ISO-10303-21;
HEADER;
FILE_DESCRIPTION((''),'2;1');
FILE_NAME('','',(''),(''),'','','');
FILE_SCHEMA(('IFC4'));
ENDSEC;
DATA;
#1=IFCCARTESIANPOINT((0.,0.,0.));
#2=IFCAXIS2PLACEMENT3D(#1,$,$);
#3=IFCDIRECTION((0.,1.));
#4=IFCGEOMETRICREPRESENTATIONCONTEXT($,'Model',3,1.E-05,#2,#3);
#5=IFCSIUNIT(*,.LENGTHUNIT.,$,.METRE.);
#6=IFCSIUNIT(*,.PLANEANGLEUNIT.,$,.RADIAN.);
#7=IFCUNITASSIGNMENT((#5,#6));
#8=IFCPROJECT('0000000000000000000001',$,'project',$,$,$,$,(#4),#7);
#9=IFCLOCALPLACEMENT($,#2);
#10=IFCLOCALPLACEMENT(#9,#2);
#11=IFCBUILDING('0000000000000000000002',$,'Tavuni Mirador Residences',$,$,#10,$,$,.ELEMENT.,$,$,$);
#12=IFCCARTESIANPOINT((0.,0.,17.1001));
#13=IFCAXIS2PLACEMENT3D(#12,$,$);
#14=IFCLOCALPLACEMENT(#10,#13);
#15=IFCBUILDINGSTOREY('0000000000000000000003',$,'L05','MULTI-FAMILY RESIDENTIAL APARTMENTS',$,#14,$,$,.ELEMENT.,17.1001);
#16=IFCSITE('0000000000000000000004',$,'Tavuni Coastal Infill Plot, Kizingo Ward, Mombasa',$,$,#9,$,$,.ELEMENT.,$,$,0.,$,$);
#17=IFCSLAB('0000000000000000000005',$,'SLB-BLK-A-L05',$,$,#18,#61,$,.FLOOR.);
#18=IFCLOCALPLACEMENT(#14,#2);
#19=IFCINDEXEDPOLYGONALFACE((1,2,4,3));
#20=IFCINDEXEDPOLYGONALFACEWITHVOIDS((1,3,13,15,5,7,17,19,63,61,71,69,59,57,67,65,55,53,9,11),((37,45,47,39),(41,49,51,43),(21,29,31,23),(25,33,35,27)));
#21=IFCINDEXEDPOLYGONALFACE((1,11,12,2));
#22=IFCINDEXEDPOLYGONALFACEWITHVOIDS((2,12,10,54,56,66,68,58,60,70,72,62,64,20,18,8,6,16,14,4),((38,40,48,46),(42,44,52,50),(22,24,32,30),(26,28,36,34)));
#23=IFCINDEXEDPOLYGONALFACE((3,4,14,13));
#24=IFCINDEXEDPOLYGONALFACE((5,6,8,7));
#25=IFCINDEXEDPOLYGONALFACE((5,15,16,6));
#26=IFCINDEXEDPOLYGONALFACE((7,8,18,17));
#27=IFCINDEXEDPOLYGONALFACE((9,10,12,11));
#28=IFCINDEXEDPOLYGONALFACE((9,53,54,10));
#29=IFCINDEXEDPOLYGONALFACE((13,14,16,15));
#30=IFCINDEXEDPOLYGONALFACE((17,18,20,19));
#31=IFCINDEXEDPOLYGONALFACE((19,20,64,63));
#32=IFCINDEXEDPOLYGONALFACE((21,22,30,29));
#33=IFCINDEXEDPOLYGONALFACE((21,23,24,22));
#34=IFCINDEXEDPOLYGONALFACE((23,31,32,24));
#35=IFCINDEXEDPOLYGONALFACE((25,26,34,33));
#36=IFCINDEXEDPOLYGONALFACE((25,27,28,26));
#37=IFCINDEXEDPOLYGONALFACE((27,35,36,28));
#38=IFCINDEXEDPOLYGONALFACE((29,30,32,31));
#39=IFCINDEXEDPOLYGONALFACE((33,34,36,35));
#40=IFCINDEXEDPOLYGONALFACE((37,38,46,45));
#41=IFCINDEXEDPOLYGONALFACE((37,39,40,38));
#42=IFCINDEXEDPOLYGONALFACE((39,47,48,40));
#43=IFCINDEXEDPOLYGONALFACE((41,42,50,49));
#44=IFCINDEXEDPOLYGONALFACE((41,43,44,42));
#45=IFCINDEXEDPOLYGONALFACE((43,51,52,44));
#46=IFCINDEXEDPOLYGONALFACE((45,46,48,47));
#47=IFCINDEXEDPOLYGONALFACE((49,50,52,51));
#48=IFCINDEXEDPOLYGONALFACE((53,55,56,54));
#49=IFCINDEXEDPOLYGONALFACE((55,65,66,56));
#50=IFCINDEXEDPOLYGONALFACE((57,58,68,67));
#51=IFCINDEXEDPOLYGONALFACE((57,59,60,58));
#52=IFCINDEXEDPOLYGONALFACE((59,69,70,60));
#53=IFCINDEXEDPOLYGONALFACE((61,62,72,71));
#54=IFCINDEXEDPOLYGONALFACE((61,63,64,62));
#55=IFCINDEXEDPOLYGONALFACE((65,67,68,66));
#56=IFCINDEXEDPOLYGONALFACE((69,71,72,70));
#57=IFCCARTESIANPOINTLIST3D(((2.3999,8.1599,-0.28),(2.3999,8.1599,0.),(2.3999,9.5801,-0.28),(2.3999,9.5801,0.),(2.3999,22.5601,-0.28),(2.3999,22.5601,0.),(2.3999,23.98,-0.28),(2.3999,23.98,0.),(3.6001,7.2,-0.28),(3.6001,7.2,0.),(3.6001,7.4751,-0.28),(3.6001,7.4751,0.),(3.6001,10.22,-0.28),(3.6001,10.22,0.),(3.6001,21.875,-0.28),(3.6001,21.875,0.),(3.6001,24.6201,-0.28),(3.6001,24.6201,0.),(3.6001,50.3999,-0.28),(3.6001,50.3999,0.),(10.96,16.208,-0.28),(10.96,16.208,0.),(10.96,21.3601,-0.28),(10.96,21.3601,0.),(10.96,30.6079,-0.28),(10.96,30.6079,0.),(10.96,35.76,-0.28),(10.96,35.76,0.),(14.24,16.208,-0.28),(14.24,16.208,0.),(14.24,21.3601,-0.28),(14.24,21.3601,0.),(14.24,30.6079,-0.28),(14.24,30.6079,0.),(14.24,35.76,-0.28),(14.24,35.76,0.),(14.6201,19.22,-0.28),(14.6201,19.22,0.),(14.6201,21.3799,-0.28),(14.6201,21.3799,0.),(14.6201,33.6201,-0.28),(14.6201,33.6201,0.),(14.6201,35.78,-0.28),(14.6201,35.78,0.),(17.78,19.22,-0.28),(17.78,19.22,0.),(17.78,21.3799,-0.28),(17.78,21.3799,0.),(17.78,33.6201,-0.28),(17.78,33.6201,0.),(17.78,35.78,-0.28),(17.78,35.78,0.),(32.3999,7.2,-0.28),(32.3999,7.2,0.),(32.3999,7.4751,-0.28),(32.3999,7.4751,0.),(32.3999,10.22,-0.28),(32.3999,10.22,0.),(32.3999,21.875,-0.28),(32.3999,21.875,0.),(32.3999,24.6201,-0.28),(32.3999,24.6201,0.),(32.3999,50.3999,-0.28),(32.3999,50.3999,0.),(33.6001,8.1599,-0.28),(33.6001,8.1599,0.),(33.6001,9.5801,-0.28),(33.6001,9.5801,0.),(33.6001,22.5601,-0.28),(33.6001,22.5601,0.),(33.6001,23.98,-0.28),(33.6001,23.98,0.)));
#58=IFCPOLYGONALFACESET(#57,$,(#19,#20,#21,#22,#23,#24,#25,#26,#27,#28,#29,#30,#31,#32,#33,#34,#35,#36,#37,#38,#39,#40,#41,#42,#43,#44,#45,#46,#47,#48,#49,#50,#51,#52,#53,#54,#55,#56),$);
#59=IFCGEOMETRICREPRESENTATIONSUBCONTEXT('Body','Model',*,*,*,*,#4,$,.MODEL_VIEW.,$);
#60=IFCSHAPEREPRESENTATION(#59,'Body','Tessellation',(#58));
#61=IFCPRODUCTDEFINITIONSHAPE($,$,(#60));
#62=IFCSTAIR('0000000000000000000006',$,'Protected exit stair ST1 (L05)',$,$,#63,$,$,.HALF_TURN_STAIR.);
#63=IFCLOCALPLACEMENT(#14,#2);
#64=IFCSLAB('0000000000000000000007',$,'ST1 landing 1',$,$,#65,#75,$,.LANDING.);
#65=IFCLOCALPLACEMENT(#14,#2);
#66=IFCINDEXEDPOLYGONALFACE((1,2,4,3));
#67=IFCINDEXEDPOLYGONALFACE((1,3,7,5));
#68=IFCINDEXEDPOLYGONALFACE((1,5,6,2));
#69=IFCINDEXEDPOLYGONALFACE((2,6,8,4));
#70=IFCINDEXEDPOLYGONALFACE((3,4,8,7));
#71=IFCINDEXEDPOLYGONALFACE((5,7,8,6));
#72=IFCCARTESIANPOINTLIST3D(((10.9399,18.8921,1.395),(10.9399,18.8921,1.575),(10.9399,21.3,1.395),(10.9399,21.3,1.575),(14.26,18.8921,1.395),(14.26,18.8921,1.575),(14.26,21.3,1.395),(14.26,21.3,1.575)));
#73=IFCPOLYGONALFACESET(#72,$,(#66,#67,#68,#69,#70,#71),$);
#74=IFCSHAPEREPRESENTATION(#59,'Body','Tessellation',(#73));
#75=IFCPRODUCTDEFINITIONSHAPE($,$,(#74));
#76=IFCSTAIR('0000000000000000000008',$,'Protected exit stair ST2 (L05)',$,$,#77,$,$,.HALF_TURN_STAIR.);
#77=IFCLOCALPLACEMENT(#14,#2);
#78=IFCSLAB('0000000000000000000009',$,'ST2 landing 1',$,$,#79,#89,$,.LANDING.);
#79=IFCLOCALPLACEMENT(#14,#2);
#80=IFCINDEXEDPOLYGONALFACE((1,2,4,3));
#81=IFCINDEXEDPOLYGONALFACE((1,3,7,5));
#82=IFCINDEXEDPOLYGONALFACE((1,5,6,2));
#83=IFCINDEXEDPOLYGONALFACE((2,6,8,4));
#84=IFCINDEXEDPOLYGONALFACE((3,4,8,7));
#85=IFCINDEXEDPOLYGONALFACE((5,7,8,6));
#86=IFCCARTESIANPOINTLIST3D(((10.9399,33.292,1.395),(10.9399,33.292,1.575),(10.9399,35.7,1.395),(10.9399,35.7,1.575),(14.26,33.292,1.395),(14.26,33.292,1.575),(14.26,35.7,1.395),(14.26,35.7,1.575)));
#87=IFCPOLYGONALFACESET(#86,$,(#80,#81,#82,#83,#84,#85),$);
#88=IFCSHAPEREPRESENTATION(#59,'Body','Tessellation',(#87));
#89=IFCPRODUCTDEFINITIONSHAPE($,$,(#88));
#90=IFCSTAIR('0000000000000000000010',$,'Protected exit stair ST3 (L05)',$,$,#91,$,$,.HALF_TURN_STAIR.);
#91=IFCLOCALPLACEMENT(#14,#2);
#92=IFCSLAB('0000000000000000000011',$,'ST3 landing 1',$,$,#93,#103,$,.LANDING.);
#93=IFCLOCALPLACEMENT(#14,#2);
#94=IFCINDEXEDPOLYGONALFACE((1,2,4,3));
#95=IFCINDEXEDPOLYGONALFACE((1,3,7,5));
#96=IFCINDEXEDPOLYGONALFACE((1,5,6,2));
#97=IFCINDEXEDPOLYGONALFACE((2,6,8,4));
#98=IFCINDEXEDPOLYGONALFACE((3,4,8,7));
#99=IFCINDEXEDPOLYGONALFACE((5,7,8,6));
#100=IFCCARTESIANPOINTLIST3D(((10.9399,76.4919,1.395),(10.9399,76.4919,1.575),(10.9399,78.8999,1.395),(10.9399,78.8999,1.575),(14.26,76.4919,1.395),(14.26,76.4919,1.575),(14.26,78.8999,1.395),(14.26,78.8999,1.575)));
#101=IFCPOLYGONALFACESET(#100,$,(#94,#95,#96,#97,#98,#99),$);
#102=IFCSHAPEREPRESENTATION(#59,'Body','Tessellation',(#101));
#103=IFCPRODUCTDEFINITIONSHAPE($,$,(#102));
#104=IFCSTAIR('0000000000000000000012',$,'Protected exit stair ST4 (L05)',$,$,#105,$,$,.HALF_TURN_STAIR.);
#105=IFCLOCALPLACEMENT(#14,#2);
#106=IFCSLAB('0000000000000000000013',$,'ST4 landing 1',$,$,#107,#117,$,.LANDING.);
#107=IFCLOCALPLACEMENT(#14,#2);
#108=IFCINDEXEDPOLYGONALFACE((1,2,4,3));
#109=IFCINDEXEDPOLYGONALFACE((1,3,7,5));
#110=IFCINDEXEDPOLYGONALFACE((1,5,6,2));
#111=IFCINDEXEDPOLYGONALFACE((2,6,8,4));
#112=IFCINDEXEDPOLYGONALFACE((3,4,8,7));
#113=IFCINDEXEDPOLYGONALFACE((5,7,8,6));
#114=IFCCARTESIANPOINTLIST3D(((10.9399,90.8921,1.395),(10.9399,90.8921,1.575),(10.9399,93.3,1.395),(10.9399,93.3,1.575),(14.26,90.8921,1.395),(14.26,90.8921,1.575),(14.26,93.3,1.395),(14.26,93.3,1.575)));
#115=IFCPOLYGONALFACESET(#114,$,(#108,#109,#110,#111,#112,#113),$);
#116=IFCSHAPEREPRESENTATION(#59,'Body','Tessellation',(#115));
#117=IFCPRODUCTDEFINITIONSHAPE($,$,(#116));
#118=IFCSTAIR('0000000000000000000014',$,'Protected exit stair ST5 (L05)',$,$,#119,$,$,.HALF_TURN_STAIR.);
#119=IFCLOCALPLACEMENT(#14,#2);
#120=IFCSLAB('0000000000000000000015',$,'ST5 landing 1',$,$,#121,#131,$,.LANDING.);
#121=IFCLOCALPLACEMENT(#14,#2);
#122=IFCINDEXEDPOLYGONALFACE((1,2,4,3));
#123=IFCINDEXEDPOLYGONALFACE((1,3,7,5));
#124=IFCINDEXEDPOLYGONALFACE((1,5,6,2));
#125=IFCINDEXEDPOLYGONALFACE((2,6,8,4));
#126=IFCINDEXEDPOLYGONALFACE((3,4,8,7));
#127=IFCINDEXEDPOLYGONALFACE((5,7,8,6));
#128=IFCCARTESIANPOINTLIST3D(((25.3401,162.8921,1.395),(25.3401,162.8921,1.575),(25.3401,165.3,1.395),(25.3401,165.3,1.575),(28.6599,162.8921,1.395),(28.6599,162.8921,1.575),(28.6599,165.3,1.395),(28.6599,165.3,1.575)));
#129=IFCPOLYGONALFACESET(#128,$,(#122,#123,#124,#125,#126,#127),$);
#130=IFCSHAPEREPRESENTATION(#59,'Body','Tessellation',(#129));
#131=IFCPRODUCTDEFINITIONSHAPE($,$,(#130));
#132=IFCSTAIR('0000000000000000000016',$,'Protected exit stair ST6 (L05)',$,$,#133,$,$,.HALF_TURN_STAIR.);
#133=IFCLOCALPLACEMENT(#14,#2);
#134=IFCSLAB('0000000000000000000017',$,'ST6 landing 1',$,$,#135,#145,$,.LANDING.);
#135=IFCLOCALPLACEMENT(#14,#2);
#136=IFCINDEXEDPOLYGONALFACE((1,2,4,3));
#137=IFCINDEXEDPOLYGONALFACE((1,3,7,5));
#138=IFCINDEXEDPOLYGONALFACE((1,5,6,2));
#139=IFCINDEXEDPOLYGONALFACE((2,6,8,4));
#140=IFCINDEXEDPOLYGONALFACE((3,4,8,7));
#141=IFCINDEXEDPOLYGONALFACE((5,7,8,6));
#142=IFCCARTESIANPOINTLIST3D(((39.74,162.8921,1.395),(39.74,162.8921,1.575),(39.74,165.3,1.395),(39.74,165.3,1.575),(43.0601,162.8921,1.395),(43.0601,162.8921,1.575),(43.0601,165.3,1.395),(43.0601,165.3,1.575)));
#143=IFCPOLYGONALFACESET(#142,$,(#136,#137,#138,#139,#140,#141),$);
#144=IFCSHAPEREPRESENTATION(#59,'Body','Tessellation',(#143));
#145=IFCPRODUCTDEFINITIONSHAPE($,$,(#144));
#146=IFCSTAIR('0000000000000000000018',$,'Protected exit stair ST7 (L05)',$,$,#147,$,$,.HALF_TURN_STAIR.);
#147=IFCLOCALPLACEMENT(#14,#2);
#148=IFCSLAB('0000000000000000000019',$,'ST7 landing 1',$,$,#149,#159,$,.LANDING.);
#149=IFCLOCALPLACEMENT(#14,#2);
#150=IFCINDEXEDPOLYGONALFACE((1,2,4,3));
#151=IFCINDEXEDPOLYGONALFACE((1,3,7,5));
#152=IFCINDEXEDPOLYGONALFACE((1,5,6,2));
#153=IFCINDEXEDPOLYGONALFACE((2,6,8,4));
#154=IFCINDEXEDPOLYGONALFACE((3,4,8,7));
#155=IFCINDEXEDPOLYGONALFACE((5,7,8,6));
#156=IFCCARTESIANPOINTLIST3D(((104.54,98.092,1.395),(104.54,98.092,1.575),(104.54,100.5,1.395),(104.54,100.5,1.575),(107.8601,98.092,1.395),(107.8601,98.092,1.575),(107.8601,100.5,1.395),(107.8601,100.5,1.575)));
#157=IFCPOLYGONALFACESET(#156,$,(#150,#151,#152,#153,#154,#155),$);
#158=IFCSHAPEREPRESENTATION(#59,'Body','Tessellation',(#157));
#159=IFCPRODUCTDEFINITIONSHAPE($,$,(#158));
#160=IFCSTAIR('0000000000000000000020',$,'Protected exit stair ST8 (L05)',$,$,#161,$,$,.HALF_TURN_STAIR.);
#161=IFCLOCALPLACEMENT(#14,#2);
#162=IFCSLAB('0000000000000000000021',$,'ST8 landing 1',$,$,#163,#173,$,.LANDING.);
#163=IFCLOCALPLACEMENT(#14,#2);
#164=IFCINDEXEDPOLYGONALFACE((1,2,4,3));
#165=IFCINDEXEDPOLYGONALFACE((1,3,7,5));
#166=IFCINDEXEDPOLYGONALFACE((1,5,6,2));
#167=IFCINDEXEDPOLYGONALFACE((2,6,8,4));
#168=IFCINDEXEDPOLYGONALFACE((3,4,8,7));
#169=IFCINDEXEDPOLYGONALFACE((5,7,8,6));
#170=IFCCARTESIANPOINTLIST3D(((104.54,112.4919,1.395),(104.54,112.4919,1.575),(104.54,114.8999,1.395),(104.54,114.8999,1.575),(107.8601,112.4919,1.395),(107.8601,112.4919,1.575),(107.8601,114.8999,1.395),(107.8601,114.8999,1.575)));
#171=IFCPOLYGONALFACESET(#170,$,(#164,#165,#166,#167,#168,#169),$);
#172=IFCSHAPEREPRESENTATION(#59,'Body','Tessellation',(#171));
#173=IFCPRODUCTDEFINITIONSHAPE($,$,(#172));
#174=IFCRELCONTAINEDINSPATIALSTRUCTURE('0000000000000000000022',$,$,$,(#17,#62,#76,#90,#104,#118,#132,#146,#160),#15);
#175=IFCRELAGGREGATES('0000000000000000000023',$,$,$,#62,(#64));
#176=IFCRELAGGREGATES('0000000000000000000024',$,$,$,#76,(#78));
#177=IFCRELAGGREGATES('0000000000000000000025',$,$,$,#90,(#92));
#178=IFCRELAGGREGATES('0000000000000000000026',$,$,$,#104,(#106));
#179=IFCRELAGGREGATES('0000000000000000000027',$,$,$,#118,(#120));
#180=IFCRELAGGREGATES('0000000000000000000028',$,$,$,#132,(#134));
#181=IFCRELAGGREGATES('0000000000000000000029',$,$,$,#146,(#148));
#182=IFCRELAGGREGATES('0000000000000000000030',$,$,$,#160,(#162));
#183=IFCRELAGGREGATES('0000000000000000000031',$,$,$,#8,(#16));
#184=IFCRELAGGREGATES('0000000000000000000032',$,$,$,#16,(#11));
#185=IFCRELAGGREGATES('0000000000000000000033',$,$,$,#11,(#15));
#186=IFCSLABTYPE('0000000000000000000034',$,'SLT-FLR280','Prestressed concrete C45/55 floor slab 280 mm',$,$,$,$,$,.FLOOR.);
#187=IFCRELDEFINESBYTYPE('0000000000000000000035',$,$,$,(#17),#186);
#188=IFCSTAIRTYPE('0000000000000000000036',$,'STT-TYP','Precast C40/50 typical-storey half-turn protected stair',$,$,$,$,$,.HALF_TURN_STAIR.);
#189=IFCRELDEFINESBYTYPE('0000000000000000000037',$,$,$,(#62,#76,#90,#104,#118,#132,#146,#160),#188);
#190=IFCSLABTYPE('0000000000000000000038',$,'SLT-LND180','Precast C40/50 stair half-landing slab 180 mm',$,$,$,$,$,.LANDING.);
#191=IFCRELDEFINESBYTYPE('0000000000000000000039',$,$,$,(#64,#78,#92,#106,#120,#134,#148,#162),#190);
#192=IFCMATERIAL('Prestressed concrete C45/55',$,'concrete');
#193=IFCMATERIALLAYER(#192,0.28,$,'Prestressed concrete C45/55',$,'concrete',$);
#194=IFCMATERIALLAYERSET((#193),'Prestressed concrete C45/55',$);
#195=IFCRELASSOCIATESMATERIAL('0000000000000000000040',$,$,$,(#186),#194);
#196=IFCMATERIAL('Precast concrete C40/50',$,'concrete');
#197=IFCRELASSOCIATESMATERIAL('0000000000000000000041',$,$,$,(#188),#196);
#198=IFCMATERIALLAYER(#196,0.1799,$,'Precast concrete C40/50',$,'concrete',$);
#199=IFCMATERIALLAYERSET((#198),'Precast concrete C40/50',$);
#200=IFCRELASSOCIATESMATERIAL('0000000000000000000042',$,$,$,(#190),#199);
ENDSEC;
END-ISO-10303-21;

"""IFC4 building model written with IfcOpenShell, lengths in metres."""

from ifc_helpers import new_model, si_unit, direction, frame, origin, place, context, subcontext, project, spatial, polyline, outline, extrude, material, layer, layer_set, type_object, element, aggregate, save


model = new_model("IFC4")

# Units and contexts
model_context = context("Model", 3, precision=1e-05, world=origin(), true_north=direction((0.0, 1.0)))
body_context = subcontext(model_context, "Body", "Model", "MODEL_VIEW")
ifc_project = project(units=[si_unit("LENGTHUNIT", "METRE"), si_unit("PLANEANGLEUNIT", "RADIAN")], contexts=[model_context])

# Site, building, storey
site_placement = place(None, origin())
site = spatial("IfcSite", under=ifc_project, at=site_placement, Name="Tavuni Coastal Infill Plot, Kizingo Ward, Mombasa", CompositionType="ELEMENT", RefElevation=0.0)
building_placement = place(site_placement, origin())
building = spatial("IfcBuilding", under=site, at=building_placement, Name="Tavuni Mirador Residences", CompositionType="ELEMENT")
storey_placement = place(building_placement, frame((0.0, 0.0, 17.1001)))
storey = spatial("IfcBuildingStorey", under=building, at=storey_placement, Name="L05", Description="MULTI-FAMILY RESIDENTIAL APARTMENTS", CompositionType="ELEMENT", Elevation=17.1001)

# Slab
ifc_material_1 = material(Name="Prestressed concrete C45/55", Category="concrete")
ifc_layer_1 = layer(ifc_material_1, 0.28, Name="Prestressed concrete C45/55", Category="concrete")
ifc_layer_set_1 = layer_set([ifc_layer_1], Name="Prestressed concrete C45/55")
slab_type_1 = type_object("IfcSlabType", Name="SLT-FLR280", Description="Prestressed concrete C45/55 floor slab 280 mm", PredefinedType="FLOOR", material=ifc_layer_set_1)
slab_1_placement = place(storey_placement, frame((0.0, 0.0, -0.28)))
element("IfcSlab", 1, at=slab_1_placement, inside=storey, type_object=slab_type_1, Name="SLB-BLK-A-L05", PredefinedType="FLOOR", context=body_context, shape_type="SweptSolid", body=[
    extrude(outline(polyline([(3.6001, 7.2), (32.3999, 7.2), (32.3999, 7.4751), (33.6001, 8.1599), (33.6001, 9.5801), (32.3999, 10.22), (32.3999, 21.875), (33.6001, 22.5601), (33.6001, 23.98), (32.3999, 24.6201), (32.3999, 50.3999), (3.6001, 50.3999), (3.6001, 24.6201), (2.3999, 23.98), (2.3999, 22.5601), (3.6001, 21.875), (3.6001, 10.22), (2.3999, 9.5801), (2.3999, 8.1599), (3.6001, 7.4751), (3.6001, 7.2)]), holes=[polyline([(10.96, 16.208), (14.24, 16.208), (14.24, 21.3601), (10.96, 21.3601), (10.96, 16.208)]), polyline([(14.6201, 19.22), (17.78, 19.22), (17.78, 21.3799), (14.6201, 21.3799), (14.6201, 19.22)]), polyline([(10.96, 30.6079), (14.24, 30.6079), (14.24, 35.76), (10.96, 35.76), (10.96, 30.6079)]), polyline([(14.6201, 33.6201), (17.78, 33.6201), (17.78, 35.78), (14.6201, 35.78), (14.6201, 33.6201)])]), origin(), (0.0, 0.0, 1.0), 0.28),
])

# Stairs, slabs
ifc_material_2 = material(Name="Precast concrete C40/50", Category="concrete")
stair_type = type_object("IfcStairType", Name="STT-TYP", Description="Precast C40/50 typical-storey half-turn protected stair", PredefinedType="HALF_TURN_STAIR", material=ifc_material_2)
stair_1_placement = place(storey_placement, origin())
stair_1 = element("IfcStair", 2, at=stair_1_placement, inside=storey, type_object=stair_type, Name="Protected exit stair ST1 (L05)", PredefinedType="HALF_TURN_STAIR")
ifc_layer_2 = layer(ifc_material_2, 0.1799, Name="Precast concrete C40/50", Category="concrete")
ifc_layer_set_2 = layer_set([ifc_layer_2], Name="Precast concrete C40/50")
slab_type_2 = type_object("IfcSlabType", Name="SLT-LND180", Description="Precast C40/50 stair half-landing slab 180 mm", PredefinedType="LANDING", material=ifc_layer_set_2)
slab_2_placement = place(storey_placement, frame((0.0, 0.0, 1.395)))
slab_2 = element("IfcSlab", 3, at=slab_2_placement, type_object=slab_type_2, Name="ST1 landing 1", PredefinedType="LANDING", context=body_context, shape_type="SweptSolid", body=[
    extrude(outline(polyline([(10.9399, 18.8921), (14.26, 18.8921), (14.26, 21.3), (10.9399, 21.3), (10.9399, 18.8921)])), origin(), (0.0, 0.0, 1.0), 0.1799),
])
aggregate(stair_1, [slab_2])
stair_2_placement = place(storey_placement, origin())
stair_2 = element("IfcStair", 4, at=stair_2_placement, inside=storey, type_object=stair_type, Name="Protected exit stair ST2 (L05)", PredefinedType="HALF_TURN_STAIR")
slab_3_placement = place(storey_placement, frame((0.0, 0.0, 1.395)))
slab_3 = element("IfcSlab", 5, at=slab_3_placement, type_object=slab_type_2, Name="ST2 landing 1", PredefinedType="LANDING", context=body_context, shape_type="SweptSolid", body=[
    extrude(outline(polyline([(10.9399, 33.292), (14.26, 33.292), (14.26, 35.7), (10.9399, 35.7), (10.9399, 33.292)])), origin(), (0.0, 0.0, 1.0), 0.1799),
])
aggregate(stair_2, [slab_3])
stair_3_placement = place(storey_placement, origin())
stair_3 = element("IfcStair", 6, at=stair_3_placement, inside=storey, type_object=stair_type, Name="Protected exit stair ST3 (L05)", PredefinedType="HALF_TURN_STAIR")
slab_4_placement = place(storey_placement, frame((0.0, 0.0, 1.395)))
slab_4 = element("IfcSlab", 7, at=slab_4_placement, type_object=slab_type_2, Name="ST3 landing 1", PredefinedType="LANDING", context=body_context, shape_type="SweptSolid", body=[
    extrude(outline(polyline([(10.9399, 76.4919), (14.26, 76.4919), (14.26, 78.8999), (10.9399, 78.8999), (10.9399, 76.4919)])), origin(), (0.0, 0.0, 1.0), 0.1799),
])
aggregate(stair_3, [slab_4])
stair_4_placement = place(storey_placement, origin())
stair_4 = element("IfcStair", 8, at=stair_4_placement, inside=storey, type_object=stair_type, Name="Protected exit stair ST4 (L05)", PredefinedType="HALF_TURN_STAIR")
slab_5_placement = place(storey_placement, frame((0.0, 0.0, 1.395)))
slab_5 = element("IfcSlab", 9, at=slab_5_placement, type_object=slab_type_2, Name="ST4 landing 1", PredefinedType="LANDING", context=body_context, shape_type="SweptSolid", body=[
    extrude(outline(polyline([(10.9399, 90.8921), (14.26, 90.8921), (14.26, 93.3), (10.9399, 93.3), (10.9399, 90.8921)])), origin(), (0.0, 0.0, 1.0), 0.1799),
])
aggregate(stair_4, [slab_5])
stair_5_placement = place(storey_placement, origin())
stair_5 = element("IfcStair", 10, at=stair_5_placement, inside=storey, type_object=stair_type, Name="Protected exit stair ST5 (L05)", PredefinedType="HALF_TURN_STAIR")
slab_6_placement = place(storey_placement, frame((0.0, 0.0, 1.395)))
slab_6 = element("IfcSlab", 11, at=slab_6_placement, type_object=slab_type_2, Name="ST5 landing 1", PredefinedType="LANDING", context=body_context, shape_type="SweptSolid", body=[
    extrude(outline(polyline([(25.3401, 162.8921), (28.6599, 162.8921), (28.6599, 165.3), (25.3401, 165.3), (25.3401, 162.8921)])), origin(), (0.0, 0.0, 1.0), 0.1799),
])
aggregate(stair_5, [slab_6])
stair_6_placement = place(storey_placement, origin())
stair_6 = element("IfcStair", 12, at=stair_6_placement, inside=storey, type_object=stair_type, Name="Protected exit stair ST6 (L05)", PredefinedType="HALF_TURN_STAIR")
slab_7_placement = place(storey_placement, frame((0.0, 0.0, 1.395)))
slab_7 = element("IfcSlab", 13, at=slab_7_placement, type_object=slab_type_2, Name="ST6 landing 1", PredefinedType="LANDING", context=body_context, shape_type="SweptSolid", body=[
    extrude(outline(polyline([(39.74, 162.8921), (43.0601, 162.8921), (43.0601, 165.3), (39.74, 165.3), (39.74, 162.8921)])), origin(), (0.0, 0.0, 1.0), 0.1799),
])
aggregate(stair_6, [slab_7])
stair_7_placement = place(storey_placement, origin())
stair_7 = element("IfcStair", 14, at=stair_7_placement, inside=storey, type_object=stair_type, Name="Protected exit stair ST7 (L05)", PredefinedType="HALF_TURN_STAIR")
slab_8_placement = place(storey_placement, frame((0.0, 0.0, 1.395)))
slab_8 = element("IfcSlab", 15, at=slab_8_placement, type_object=slab_type_2, Name="ST7 landing 1", PredefinedType="LANDING", context=body_context, shape_type="SweptSolid", body=[
    extrude(outline(polyline([(104.54, 98.092), (107.8601, 98.092), (107.8601, 100.5), (104.54, 100.5), (104.54, 98.092)])), origin(), (0.0, 0.0, 1.0), 0.1799),
])
aggregate(stair_7, [slab_8])
stair_8_placement = place(storey_placement, origin())
stair_8 = element("IfcStair", 16, at=stair_8_placement, inside=storey, type_object=stair_type, Name="Protected exit stair ST8 (L05)", PredefinedType="HALF_TURN_STAIR")
slab_9_placement = place(storey_placement, frame((0.0, 0.0, 1.395)))
slab_9 = element("IfcSlab", 17, at=slab_9_placement, type_object=slab_type_2, Name="ST8 landing 1", PredefinedType="LANDING", context=body_context, shape_type="SweptSolid", body=[
    extrude(outline(polyline([(104.54, 112.4919), (107.8601, 112.4919), (107.8601, 114.8999), (104.54, 114.8999), (104.54, 112.4919)])), origin(), (0.0, 0.0, 1.0), 0.1799),
])
aggregate(stair_8, [slab_9])

save(model, "model.ifc")
